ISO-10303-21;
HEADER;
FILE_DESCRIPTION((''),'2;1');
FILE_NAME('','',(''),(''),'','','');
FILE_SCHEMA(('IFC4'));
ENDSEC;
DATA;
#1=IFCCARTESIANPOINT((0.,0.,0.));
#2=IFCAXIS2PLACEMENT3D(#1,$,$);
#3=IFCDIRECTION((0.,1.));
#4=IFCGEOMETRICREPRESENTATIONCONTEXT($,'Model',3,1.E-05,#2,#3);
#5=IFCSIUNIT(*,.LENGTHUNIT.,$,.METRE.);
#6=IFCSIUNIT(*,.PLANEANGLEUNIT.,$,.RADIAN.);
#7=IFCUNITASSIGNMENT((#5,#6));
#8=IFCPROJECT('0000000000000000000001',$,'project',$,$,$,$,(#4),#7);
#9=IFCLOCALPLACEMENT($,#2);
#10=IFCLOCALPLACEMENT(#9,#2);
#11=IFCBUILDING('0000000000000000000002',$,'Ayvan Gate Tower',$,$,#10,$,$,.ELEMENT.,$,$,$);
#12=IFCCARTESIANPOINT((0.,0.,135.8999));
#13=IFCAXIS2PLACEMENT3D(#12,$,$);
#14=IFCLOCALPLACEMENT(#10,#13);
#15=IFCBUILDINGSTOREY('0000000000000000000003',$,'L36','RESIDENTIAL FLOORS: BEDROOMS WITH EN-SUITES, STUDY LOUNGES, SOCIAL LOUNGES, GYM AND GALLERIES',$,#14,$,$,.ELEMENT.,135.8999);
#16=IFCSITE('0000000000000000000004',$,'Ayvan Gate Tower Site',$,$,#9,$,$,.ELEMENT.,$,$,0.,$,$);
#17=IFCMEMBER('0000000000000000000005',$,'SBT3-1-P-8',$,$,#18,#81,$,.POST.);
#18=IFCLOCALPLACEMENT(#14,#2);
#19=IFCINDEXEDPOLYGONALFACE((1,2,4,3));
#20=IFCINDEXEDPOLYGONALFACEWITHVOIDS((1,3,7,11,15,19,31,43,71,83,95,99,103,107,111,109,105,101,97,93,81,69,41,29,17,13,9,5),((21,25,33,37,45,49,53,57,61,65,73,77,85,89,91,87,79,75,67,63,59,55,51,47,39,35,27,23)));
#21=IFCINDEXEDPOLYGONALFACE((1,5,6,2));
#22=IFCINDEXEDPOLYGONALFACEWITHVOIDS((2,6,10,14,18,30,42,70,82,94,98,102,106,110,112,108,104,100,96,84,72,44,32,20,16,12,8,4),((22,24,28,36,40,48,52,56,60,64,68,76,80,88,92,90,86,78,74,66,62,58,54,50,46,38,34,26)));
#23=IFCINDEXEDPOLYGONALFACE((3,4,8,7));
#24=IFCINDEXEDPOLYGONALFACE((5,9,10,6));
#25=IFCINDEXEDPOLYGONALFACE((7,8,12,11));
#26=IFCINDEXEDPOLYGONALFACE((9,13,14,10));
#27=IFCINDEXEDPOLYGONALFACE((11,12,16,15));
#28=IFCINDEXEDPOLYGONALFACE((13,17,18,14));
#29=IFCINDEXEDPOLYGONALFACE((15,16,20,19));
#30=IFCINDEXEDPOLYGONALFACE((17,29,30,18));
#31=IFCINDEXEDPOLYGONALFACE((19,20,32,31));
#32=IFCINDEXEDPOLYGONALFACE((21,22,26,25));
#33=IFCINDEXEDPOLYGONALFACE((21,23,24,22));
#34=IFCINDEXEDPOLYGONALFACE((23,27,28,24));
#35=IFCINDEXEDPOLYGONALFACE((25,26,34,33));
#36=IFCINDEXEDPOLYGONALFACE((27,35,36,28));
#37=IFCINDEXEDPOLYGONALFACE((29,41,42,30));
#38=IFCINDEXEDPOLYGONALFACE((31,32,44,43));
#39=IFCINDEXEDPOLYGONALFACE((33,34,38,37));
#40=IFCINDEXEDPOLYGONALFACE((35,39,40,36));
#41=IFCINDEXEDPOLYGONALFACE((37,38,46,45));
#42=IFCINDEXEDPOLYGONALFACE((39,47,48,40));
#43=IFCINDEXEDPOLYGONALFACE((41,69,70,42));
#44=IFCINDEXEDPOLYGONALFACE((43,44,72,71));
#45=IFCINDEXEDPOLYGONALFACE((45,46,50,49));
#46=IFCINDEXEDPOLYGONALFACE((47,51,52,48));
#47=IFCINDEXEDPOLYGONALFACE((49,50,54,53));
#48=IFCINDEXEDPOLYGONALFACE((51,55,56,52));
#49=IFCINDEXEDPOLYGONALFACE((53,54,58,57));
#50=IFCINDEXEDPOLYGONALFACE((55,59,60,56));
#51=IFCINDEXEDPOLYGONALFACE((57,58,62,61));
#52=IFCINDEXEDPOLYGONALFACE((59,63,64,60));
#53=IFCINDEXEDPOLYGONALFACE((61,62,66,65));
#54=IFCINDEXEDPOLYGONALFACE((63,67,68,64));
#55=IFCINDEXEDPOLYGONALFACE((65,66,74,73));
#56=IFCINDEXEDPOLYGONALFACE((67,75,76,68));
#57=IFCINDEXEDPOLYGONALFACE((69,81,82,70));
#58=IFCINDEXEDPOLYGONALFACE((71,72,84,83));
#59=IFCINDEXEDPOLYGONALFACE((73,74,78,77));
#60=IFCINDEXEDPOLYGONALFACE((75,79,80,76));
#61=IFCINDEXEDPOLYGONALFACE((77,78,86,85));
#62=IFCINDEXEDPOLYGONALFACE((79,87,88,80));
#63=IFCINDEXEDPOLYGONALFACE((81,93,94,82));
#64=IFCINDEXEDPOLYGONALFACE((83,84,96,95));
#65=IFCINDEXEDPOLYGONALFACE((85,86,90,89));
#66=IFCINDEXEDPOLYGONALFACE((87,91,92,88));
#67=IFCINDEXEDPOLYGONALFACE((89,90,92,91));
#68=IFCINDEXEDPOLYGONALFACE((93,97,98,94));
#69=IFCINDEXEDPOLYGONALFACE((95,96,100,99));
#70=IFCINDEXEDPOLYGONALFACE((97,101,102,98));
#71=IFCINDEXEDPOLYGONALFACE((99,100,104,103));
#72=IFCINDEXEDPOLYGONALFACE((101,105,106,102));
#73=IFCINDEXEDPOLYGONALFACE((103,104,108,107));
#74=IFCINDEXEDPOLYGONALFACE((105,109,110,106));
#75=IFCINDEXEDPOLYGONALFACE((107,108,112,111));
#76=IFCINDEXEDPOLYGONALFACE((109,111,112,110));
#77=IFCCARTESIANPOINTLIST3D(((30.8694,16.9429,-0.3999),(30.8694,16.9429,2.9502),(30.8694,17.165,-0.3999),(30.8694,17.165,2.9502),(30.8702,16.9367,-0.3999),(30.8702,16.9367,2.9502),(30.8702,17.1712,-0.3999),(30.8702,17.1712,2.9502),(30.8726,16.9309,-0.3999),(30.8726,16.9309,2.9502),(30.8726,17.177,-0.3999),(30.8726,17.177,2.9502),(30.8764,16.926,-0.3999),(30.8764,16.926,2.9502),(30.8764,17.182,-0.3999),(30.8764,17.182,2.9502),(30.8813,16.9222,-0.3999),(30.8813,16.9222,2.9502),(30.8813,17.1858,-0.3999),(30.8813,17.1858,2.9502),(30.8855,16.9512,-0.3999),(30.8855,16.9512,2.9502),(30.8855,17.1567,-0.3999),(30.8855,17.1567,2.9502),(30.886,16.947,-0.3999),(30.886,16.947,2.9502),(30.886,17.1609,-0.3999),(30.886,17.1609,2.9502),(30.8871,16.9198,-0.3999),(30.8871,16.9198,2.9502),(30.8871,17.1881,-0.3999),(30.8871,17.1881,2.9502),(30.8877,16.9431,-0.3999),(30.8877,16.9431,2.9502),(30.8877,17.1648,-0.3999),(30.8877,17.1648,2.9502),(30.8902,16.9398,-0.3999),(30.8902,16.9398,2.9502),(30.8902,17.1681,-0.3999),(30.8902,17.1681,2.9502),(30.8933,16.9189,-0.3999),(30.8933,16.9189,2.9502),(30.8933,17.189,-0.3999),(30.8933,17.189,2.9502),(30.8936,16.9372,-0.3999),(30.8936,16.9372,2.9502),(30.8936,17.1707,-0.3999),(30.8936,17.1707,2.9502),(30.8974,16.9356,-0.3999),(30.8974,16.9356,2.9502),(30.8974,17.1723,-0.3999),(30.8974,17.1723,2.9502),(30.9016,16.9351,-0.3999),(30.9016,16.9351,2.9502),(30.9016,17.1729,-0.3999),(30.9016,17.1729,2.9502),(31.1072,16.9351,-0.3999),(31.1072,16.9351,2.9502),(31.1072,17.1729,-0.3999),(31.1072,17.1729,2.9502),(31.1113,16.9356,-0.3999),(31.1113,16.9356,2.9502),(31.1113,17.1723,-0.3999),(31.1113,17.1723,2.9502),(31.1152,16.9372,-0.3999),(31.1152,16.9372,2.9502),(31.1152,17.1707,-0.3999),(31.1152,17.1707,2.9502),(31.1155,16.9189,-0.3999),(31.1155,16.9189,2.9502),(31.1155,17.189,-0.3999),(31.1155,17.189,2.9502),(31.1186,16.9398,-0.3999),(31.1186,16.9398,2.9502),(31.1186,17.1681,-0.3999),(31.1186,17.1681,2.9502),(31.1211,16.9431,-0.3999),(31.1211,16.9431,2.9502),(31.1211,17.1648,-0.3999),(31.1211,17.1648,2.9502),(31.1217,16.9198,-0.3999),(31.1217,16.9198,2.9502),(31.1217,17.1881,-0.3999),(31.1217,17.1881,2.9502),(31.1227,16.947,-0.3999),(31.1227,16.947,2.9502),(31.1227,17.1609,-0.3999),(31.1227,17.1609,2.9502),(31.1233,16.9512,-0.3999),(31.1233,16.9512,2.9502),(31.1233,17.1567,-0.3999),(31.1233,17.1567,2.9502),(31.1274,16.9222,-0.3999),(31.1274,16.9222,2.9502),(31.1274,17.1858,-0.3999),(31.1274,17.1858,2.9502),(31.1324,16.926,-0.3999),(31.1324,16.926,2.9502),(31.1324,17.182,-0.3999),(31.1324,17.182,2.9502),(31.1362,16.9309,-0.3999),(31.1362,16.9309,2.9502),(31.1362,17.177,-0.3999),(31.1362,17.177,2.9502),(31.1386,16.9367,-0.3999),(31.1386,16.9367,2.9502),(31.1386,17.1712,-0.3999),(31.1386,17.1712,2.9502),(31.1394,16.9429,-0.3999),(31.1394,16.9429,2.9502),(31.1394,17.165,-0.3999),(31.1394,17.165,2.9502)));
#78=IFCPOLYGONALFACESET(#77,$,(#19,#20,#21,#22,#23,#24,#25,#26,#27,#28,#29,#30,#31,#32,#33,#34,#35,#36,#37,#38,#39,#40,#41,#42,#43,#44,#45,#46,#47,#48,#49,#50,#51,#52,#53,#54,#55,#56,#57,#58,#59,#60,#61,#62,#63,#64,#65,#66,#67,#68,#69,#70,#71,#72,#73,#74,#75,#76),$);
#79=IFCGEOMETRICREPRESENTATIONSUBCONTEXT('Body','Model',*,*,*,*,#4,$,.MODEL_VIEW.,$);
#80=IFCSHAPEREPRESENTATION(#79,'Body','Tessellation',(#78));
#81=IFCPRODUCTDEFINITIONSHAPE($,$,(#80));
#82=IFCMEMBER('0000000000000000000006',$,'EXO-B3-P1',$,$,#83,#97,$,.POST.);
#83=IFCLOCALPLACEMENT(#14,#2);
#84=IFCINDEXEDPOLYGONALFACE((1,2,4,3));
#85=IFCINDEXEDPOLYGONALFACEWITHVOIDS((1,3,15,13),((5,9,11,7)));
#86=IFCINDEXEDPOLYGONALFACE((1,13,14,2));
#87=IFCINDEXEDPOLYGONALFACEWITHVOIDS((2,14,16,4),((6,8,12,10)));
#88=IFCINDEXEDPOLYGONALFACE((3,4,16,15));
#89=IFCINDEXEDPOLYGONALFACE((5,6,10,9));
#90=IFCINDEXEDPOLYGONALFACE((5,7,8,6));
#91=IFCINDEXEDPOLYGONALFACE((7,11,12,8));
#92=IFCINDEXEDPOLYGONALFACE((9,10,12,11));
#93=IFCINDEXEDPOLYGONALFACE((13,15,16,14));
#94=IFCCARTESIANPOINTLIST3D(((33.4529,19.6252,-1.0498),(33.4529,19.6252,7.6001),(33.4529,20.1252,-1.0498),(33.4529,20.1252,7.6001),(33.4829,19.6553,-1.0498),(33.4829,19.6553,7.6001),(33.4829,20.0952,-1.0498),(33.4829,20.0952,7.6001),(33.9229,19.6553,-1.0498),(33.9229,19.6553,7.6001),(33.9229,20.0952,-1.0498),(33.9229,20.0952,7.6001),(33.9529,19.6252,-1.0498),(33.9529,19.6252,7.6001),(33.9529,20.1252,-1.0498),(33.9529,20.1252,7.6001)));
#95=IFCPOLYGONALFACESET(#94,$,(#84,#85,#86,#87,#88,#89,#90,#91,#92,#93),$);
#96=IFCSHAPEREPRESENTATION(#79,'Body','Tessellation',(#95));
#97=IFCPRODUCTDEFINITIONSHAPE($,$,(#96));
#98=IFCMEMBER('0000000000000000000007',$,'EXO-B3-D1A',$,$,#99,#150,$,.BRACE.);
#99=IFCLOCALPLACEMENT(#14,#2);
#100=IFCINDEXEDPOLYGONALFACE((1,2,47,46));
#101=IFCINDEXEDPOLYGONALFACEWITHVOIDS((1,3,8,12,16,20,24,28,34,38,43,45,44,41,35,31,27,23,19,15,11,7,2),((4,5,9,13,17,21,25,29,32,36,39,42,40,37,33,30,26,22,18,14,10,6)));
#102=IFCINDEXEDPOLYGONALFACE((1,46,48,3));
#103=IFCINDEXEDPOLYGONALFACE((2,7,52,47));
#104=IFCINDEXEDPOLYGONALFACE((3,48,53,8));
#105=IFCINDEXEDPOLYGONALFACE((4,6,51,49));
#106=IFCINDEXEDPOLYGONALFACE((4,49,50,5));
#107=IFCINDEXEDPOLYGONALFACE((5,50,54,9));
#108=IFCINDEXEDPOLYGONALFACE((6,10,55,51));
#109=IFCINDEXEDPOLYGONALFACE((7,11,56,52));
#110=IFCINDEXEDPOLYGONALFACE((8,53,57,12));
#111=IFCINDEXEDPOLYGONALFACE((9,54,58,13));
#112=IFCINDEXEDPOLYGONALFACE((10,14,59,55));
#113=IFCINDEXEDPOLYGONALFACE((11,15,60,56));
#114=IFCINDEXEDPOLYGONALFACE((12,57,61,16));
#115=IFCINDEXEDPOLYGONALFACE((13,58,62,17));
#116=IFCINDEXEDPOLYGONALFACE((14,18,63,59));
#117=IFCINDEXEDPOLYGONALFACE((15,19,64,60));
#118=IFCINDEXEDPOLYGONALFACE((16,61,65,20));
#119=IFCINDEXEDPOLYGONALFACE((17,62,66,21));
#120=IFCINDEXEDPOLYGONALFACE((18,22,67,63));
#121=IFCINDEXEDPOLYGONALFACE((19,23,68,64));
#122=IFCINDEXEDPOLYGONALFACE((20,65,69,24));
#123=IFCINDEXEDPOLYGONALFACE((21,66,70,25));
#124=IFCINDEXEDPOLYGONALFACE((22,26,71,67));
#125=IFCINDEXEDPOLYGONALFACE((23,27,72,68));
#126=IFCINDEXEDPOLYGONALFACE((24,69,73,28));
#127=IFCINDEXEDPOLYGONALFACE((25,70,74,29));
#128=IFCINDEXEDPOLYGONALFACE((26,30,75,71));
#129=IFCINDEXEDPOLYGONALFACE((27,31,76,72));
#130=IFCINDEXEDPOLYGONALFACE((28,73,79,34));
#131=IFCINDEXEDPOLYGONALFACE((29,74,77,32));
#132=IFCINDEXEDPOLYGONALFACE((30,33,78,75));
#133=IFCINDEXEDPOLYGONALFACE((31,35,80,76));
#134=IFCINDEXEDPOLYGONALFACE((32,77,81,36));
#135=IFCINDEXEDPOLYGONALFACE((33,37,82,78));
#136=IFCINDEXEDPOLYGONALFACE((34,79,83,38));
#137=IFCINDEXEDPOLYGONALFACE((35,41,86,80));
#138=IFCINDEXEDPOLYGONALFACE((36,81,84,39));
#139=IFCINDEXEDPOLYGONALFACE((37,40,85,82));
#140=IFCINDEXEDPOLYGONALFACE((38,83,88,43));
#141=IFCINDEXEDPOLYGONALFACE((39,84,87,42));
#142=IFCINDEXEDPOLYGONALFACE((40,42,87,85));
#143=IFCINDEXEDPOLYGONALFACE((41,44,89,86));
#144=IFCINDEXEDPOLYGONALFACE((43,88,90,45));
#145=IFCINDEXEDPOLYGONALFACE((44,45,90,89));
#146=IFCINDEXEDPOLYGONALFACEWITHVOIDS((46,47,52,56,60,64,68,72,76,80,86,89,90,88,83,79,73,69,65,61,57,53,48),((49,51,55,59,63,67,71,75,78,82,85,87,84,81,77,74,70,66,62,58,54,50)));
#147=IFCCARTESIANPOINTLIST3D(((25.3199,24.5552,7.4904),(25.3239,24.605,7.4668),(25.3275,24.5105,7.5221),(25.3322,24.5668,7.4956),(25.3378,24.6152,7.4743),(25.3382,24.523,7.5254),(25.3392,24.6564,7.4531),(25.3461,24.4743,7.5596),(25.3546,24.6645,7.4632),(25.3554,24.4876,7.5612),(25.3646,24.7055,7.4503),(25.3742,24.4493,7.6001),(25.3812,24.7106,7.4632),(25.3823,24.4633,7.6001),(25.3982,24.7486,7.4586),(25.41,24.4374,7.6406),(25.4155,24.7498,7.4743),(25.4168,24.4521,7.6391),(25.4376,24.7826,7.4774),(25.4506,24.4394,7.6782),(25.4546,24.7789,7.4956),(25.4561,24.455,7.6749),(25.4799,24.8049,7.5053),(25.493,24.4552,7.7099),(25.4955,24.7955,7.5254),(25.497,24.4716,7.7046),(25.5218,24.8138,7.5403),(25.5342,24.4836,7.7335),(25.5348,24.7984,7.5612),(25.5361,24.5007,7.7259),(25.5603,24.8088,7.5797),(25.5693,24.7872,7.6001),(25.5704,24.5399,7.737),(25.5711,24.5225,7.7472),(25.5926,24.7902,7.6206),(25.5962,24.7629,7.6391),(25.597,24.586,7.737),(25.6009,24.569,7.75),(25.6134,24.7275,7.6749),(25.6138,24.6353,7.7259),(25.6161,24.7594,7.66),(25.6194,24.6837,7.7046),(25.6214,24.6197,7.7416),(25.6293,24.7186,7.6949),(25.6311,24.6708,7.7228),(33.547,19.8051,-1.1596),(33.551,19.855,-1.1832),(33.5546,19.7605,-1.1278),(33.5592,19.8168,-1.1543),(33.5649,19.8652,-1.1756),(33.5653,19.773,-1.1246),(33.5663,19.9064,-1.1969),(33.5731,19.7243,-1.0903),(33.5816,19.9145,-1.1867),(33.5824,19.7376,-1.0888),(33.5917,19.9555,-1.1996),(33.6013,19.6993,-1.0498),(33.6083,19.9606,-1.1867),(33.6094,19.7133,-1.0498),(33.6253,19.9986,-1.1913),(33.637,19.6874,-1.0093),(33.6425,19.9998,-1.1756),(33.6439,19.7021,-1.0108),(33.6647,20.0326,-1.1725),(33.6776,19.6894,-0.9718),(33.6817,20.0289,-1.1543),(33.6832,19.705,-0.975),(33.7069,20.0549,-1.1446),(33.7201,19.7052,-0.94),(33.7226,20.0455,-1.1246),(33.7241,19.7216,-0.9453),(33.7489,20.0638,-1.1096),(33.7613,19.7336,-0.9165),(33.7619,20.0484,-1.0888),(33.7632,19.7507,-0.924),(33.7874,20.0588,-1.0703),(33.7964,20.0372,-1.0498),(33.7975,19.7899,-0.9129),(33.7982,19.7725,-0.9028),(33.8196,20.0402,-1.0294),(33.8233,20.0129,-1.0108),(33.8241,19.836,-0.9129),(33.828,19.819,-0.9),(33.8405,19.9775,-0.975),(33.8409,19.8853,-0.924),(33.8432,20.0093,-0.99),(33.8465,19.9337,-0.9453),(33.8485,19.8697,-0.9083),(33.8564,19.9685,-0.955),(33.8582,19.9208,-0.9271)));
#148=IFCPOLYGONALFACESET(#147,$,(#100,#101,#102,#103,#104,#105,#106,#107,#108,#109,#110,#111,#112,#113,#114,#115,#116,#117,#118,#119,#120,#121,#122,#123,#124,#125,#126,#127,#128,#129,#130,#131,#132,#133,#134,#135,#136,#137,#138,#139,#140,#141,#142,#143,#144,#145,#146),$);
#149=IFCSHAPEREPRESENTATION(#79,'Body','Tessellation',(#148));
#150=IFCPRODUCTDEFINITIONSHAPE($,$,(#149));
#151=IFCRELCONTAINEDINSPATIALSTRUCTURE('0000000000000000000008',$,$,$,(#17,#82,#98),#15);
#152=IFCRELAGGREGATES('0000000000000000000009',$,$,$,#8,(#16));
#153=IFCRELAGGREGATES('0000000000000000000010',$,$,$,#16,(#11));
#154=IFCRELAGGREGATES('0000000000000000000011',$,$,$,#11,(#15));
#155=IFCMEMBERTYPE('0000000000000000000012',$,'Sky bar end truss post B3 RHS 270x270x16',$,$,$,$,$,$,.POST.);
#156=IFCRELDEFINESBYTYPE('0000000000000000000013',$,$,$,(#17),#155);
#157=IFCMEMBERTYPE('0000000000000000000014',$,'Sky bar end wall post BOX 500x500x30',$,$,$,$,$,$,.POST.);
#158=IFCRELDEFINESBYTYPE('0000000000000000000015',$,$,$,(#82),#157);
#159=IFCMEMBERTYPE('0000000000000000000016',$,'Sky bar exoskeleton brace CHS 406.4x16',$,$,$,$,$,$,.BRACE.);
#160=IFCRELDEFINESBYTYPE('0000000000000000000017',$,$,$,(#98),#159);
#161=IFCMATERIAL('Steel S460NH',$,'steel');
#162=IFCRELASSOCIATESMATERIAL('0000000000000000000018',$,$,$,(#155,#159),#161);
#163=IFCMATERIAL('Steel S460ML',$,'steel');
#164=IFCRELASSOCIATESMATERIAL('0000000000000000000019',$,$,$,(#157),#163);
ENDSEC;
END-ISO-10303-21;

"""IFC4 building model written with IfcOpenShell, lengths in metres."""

from ifc_helpers import new_model, si_unit, direction, frame, origin, origin_2d, place, context, subcontext, project, spatial, hollow_rectangle, hollow_circle, extrude, material, material_profile, profile_set, type_object, element, save


model = new_model("IFC4")

# Units and contexts
model_context = context("Model", 3, precision=1e-05, world=origin(), true_north=direction((0.0, 1.0)))
body_context = subcontext(model_context, "Body", "Model", "MODEL_VIEW")
ifc_project = project(units=[si_unit("LENGTHUNIT", "METRE"), si_unit("PLANEANGLEUNIT", "RADIAN")], contexts=[model_context])

# Site, building, storey
site_placement = place(None, origin())
site = spatial("IfcSite", under=ifc_project, at=site_placement, Name="Ayvan Gate Tower Site", CompositionType="ELEMENT", RefElevation=0.0)
building_placement = place(site_placement, origin())
building = spatial("IfcBuilding", under=site, at=building_placement, Name="Ayvan Gate Tower", CompositionType="ELEMENT")
storey_placement = place(building_placement, frame((0.0, 0.0, 135.8999)))
storey = spatial("IfcBuildingStorey", under=building, at=storey_placement, Name="L36", Description="RESIDENTIAL FLOORS: BEDROOMS WITH EN-SUITES, STUDY LOUNGES, SOCIAL LOUNGES, GYM AND GALLERIES", CompositionType="ELEMENT", Elevation=135.8999)

# Shared definitions
ifc_material_1 = material(Name="Steel S460NH", Category="steel")

# Members
ifc_material_profile_1 = material_profile(ifc_material_1, hollow_rectangle(XDim=0.27, YDim=0.27, WallThickness=0.0161, InnerFilletRadius=0.0161, OuterFilletRadius=0.0239, at=origin_2d()), Name="RHS 270x270x16")
ifc_profile_set_1 = profile_set([ifc_material_profile_1], Name="Steel S460NH")
member_type_1 = type_object("IfcMemberType", Name="Sky bar end truss post B3 RHS 270x270x16", PredefinedType="POST", material=ifc_profile_set_1)
member_1_placement = place(storey_placement, frame((31.0044, 17.054, -0.3999), z_axis=(0.0, 0.0, 1.0), x_axis=(1.0, 0.0, 0.0)))
element("IfcMember", 1, at=member_1_placement, inside=storey, type_object=member_type_1, Name="SBT3-1-P-8", PredefinedType="POST", context=body_context, shape_type="SweptSolid", body=[
    extrude(hollow_rectangle(XDim=0.27, YDim=0.27, WallThickness=0.0161, InnerFilletRadius=0.0161, OuterFilletRadius=0.0239, at=origin_2d()), origin(), (0.0, 0.0, 1.0), 3.3501),
])
ifc_material_2 = material(Name="Steel S460ML", Category="steel")
ifc_material_profile_2 = material_profile(ifc_material_2, hollow_rectangle(XDim=0.5, YDim=0.5, WallThickness=0.03, at=origin_2d()), Name="BOX 500x500x30")
ifc_profile_set_2 = profile_set([ifc_material_profile_2], Name="Steel S460ML")
member_type_2 = type_object("IfcMemberType", Name="Sky bar end wall post BOX 500x500x30", PredefinedType="POST", material=ifc_profile_set_2)
member_2_placement = place(storey_placement, frame((33.7029, 19.8752, -1.0498), z_axis=(0.0, 0.0, 1.0), x_axis=(1.0, 0.0, 0.0)))
element("IfcMember", 2, at=member_2_placement, inside=storey, type_object=member_type_2, Name="EXO-B3-P1", PredefinedType="POST", context=body_context, shape_type="SweptSolid", body=[
    extrude(hollow_rectangle(XDim=0.5, YDim=0.5, WallThickness=0.03, at=origin_2d()), origin(), (0.0, 0.0, 1.0), 8.6499),
])
ifc_material_profile_3 = material_profile(ifc_material_1, hollow_circle(Radius=0.2031, WallThickness=0.0161, at=origin_2d()), Name="CHS 406.4x16")
ifc_profile_set_3 = profile_set([ifc_material_profile_3], Name="Steel S460NH")
member_type_3 = type_object("IfcMemberType", Name="Sky bar exoskeleton brace CHS 406.4x16", PredefinedType="BRACE", material=ifc_profile_set_3)
member_3_placement = place(storey_placement, frame((33.7029, 19.8752, -1.0498), z_axis=(-0.640344, 0.369711, 0.673256), x_axis=(-0.500009, -0.86602, 0.0)))
element("IfcMember", 3, at=member_3_placement, inside=storey, type_object=member_type_3, Name="EXO-B3-D1A", PredefinedType="BRACE", context=body_context, shape_type="SweptSolid", body=[
    extrude(hollow_circle(Radius=0.2031, WallThickness=0.0161, at=origin_2d()), origin(), (0.0, 0.0, 1.0), 12.8479),
])

save(model, "model.ifc")
